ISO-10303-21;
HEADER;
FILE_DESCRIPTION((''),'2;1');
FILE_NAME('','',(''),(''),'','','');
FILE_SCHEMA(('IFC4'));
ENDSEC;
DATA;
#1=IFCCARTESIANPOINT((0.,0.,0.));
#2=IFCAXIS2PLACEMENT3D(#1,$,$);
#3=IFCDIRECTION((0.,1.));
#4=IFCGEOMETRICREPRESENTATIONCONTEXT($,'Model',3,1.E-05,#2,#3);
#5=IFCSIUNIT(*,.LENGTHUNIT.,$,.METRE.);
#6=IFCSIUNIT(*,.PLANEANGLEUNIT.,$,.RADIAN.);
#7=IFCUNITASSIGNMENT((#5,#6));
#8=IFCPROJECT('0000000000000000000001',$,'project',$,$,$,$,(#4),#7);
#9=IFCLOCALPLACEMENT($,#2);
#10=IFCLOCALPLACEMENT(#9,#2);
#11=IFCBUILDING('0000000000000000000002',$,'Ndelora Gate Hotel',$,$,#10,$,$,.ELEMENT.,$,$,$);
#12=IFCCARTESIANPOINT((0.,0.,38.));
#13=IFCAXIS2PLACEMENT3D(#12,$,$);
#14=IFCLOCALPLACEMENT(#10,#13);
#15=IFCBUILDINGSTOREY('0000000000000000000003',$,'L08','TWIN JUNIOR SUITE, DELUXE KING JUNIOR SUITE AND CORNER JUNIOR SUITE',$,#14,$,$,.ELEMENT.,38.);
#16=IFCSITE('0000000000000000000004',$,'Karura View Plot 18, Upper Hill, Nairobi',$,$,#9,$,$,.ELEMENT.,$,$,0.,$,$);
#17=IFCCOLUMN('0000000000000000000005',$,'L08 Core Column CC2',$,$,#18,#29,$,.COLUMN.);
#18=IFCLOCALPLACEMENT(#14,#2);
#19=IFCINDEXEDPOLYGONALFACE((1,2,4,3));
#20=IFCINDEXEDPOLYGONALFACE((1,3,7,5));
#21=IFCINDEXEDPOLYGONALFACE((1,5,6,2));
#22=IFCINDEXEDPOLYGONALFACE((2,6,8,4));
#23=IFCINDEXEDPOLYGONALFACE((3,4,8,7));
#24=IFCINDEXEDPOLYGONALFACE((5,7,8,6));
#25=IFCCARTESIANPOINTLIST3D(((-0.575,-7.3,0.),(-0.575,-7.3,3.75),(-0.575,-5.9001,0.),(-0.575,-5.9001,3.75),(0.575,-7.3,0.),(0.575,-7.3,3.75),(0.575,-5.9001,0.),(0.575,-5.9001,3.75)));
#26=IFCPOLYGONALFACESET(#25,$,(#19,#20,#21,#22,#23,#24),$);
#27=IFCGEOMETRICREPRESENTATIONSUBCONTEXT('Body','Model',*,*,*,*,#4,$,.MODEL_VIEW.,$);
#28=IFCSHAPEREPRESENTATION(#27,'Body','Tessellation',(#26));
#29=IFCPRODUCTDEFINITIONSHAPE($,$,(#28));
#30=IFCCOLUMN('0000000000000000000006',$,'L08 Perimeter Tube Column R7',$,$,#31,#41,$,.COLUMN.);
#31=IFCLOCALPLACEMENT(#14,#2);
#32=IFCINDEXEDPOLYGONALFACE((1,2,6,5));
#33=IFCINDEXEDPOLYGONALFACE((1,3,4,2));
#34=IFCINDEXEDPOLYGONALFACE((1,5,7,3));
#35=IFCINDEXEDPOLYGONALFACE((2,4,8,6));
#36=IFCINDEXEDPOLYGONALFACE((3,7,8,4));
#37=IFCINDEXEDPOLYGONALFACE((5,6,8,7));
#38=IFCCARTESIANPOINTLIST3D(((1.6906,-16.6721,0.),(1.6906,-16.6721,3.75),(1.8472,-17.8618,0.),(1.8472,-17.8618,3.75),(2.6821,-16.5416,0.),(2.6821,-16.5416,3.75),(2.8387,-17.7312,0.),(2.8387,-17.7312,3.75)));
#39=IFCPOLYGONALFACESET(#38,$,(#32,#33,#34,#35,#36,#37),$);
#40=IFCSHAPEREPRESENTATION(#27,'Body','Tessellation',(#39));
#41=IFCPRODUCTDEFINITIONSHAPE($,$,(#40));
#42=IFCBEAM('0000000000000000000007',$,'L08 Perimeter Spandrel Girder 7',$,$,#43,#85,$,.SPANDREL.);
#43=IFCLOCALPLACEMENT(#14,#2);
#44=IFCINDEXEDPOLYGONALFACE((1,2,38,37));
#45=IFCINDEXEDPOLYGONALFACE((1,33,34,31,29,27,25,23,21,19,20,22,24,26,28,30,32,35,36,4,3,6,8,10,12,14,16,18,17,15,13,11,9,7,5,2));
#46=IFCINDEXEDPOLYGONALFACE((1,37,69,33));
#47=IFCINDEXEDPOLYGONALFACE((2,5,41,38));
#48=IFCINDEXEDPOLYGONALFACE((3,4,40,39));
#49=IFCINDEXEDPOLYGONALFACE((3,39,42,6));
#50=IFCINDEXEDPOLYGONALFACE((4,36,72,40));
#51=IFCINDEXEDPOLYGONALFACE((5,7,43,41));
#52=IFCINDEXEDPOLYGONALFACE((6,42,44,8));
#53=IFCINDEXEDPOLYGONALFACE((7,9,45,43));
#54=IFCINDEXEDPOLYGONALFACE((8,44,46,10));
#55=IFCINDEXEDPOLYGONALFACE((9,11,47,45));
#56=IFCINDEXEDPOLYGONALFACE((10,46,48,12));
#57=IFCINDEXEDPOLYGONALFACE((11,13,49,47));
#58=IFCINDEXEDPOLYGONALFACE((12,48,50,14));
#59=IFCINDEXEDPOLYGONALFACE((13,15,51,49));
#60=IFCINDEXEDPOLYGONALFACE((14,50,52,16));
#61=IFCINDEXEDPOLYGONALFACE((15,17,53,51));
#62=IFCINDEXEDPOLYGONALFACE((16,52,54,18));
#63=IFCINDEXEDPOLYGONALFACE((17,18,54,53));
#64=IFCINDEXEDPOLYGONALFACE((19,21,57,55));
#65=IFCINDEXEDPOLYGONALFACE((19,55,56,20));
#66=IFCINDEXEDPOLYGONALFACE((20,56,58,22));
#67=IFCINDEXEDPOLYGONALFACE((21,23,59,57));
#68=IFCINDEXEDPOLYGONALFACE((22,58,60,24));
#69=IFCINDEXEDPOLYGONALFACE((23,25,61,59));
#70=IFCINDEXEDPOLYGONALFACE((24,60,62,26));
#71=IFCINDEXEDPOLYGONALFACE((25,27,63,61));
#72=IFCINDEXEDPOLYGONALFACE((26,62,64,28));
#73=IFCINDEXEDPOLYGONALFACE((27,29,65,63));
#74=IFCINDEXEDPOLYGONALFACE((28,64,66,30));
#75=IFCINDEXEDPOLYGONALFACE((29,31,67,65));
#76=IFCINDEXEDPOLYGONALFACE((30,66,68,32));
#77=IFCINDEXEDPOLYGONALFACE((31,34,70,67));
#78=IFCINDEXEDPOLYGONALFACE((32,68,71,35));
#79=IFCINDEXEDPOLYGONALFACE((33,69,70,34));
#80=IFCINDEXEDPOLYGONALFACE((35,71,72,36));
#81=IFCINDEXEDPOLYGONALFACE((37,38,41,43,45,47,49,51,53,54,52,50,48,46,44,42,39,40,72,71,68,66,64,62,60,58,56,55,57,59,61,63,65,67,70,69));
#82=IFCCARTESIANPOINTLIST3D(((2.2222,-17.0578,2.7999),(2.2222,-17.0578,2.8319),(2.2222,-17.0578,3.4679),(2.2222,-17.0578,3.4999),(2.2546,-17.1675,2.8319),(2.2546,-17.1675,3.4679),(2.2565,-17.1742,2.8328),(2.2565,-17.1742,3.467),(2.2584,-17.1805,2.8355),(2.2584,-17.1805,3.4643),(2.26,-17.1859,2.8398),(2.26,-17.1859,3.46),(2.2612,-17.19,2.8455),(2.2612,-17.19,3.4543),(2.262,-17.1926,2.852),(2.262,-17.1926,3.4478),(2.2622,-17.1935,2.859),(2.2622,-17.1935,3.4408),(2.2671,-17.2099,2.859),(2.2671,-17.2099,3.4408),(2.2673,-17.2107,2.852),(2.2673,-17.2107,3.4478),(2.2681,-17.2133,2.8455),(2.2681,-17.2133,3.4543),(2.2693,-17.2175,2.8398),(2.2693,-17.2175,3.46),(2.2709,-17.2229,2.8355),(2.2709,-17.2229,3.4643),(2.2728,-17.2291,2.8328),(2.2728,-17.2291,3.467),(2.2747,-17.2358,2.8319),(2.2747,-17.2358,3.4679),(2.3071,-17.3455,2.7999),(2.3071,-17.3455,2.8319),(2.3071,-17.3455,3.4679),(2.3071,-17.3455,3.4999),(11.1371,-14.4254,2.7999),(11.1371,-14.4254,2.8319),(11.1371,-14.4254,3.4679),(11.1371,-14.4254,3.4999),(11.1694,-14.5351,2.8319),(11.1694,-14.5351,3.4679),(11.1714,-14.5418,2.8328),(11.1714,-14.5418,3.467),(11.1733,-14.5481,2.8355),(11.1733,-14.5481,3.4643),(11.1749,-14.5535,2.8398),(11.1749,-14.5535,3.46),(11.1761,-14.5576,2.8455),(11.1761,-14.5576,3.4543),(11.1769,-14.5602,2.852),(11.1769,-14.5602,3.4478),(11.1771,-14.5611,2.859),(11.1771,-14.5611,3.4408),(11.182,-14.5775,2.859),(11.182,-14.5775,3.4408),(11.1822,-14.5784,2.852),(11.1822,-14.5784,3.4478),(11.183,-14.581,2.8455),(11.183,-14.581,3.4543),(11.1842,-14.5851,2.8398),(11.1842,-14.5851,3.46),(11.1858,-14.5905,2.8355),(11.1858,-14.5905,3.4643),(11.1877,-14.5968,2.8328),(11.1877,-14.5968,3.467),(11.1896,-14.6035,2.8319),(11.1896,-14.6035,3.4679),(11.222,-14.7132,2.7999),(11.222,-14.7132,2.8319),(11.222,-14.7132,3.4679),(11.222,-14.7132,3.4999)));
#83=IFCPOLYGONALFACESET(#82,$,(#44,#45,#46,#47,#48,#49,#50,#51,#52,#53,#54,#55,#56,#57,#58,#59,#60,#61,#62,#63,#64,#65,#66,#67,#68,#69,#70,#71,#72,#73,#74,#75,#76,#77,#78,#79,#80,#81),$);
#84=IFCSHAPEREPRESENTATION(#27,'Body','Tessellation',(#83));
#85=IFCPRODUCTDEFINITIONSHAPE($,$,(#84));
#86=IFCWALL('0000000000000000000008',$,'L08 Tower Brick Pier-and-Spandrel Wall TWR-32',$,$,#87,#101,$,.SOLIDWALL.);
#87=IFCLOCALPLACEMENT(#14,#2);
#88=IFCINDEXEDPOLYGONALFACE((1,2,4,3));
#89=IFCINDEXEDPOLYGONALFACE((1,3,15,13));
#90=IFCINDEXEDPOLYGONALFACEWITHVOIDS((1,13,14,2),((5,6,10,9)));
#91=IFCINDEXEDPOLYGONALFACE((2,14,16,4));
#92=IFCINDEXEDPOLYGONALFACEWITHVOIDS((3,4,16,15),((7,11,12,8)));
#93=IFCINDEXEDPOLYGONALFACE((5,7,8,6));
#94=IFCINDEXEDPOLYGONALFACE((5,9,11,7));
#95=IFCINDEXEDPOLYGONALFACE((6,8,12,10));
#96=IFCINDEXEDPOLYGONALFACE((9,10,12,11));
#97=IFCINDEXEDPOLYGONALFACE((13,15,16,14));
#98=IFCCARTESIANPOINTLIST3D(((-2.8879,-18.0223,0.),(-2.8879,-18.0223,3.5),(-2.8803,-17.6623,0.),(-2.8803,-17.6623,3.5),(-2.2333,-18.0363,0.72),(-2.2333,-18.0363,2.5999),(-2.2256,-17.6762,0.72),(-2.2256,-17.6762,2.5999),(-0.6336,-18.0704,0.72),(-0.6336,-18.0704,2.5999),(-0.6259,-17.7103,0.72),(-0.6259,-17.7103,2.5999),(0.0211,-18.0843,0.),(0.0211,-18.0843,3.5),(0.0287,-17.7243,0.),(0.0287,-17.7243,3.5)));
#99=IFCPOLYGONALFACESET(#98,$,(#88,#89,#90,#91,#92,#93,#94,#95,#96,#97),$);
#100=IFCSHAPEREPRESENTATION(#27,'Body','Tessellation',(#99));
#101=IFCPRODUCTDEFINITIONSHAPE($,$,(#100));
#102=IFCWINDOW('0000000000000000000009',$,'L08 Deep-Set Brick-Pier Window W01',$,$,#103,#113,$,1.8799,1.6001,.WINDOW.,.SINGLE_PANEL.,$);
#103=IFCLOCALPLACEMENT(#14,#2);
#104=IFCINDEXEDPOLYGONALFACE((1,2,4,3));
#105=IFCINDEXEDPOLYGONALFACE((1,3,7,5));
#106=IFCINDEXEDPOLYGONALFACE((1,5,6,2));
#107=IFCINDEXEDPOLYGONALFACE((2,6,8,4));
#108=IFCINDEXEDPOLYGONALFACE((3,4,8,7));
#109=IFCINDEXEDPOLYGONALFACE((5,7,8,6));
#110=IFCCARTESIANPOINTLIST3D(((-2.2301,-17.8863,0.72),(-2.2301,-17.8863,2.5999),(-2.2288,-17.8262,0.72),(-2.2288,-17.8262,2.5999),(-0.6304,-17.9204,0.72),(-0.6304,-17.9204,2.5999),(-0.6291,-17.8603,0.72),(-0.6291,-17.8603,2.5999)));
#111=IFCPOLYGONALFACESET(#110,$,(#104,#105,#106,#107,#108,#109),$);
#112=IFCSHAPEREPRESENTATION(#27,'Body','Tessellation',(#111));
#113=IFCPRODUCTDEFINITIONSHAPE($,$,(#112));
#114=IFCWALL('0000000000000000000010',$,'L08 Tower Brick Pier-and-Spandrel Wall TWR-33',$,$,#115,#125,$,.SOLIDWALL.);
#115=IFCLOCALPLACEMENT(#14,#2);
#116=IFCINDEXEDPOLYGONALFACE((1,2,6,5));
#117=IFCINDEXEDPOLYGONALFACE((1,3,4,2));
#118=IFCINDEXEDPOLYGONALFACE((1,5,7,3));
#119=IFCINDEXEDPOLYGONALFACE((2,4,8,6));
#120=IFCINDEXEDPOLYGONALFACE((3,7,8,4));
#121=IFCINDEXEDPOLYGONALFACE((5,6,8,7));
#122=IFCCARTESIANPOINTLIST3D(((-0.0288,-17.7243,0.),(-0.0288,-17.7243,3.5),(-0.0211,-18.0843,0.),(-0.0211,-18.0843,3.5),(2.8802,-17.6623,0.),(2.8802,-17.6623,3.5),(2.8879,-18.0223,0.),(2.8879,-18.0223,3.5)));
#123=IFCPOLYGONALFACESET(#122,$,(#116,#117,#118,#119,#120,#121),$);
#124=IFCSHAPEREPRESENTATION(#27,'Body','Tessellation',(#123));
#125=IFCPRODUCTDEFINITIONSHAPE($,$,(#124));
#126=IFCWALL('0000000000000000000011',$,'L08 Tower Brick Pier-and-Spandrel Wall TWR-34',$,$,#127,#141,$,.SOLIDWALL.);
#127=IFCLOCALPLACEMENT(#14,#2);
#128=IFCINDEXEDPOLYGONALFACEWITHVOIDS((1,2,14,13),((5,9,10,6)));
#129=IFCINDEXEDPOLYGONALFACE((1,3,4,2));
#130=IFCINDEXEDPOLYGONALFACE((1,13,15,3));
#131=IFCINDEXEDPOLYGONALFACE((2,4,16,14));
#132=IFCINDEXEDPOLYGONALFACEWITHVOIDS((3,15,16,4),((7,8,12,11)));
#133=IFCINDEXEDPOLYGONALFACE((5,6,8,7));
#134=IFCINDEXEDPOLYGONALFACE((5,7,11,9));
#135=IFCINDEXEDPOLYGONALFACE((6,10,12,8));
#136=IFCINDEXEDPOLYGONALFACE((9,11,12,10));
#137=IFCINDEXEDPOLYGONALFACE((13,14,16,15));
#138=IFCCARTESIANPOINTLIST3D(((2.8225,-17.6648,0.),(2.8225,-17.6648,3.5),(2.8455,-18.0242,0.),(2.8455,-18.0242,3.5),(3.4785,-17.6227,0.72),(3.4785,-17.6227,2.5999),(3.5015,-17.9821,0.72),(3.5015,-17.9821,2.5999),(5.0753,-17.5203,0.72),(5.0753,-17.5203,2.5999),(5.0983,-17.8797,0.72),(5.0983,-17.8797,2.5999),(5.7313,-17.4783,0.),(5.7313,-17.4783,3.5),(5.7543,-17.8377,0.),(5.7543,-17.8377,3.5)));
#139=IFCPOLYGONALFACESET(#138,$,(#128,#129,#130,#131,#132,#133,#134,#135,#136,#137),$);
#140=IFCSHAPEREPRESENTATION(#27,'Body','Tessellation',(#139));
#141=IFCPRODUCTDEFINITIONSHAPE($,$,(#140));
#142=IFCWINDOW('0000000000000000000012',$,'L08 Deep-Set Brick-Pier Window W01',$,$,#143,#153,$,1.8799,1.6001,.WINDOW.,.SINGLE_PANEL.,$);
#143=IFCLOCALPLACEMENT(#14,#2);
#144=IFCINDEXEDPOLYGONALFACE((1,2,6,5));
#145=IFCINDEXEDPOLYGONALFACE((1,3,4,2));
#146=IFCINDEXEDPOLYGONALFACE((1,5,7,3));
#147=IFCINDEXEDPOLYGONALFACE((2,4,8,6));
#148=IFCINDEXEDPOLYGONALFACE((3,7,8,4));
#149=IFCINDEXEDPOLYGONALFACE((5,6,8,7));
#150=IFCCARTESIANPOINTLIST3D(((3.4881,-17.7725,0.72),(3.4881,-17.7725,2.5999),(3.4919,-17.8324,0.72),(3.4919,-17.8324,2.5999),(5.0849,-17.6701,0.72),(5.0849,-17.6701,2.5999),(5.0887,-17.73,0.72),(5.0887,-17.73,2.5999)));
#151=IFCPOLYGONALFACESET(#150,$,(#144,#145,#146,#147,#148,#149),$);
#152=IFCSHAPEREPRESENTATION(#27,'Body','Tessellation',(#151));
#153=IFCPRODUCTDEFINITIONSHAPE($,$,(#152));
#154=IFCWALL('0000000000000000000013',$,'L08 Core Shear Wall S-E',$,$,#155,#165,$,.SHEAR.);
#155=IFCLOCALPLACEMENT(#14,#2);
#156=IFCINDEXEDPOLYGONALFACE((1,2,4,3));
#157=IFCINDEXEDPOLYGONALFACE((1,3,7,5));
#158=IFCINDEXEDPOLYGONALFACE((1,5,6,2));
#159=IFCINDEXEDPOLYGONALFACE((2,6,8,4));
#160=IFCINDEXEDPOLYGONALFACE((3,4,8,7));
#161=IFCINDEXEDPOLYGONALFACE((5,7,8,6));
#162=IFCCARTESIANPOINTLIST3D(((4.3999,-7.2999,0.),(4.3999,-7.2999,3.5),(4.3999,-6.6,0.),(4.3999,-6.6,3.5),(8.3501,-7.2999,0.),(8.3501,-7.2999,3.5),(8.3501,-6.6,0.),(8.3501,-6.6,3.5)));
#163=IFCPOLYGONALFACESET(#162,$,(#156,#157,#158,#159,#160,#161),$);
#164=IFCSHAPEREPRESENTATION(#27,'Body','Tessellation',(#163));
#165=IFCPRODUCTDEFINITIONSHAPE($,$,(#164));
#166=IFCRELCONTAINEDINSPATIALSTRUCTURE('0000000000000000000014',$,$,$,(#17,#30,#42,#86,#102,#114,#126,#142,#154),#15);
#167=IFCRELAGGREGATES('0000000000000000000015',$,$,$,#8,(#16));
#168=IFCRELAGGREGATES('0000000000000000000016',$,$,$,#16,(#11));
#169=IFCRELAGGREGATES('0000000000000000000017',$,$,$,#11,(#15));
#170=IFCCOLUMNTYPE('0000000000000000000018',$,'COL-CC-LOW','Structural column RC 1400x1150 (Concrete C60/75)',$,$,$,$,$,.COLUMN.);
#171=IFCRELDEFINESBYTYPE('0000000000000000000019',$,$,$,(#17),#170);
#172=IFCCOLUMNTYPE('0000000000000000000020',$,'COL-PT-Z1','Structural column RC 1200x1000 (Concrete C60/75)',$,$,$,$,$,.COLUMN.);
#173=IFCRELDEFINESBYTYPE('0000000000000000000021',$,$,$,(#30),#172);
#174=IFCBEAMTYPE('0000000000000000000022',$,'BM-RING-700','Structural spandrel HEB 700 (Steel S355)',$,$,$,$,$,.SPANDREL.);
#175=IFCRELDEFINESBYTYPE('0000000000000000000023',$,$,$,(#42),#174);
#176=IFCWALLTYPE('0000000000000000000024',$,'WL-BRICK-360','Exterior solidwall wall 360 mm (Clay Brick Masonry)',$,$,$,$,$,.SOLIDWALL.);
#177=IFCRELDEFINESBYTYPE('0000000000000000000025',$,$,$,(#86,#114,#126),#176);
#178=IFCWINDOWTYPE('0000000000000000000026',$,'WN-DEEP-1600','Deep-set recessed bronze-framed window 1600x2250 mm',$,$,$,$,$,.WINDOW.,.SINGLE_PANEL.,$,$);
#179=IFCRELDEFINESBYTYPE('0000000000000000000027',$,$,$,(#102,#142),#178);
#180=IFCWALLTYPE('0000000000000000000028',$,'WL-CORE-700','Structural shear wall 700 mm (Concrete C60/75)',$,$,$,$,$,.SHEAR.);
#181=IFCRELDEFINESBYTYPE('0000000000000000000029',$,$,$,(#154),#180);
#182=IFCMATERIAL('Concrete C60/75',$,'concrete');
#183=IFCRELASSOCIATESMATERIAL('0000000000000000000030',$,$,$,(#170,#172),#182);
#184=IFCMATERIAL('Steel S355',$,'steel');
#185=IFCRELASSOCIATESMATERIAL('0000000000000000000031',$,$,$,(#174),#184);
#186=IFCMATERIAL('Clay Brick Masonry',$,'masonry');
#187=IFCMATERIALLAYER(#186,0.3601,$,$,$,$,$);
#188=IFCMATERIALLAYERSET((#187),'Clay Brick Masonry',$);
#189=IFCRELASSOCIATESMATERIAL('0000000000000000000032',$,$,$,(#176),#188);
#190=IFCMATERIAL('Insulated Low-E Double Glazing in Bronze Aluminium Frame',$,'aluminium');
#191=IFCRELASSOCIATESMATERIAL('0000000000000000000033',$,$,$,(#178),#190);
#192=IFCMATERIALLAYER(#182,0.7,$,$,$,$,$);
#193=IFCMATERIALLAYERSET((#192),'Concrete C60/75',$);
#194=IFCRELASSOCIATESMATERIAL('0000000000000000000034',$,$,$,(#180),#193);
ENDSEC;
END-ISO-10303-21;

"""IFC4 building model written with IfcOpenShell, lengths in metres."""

from ifc_helpers import new_model, si_unit, direction, frame, frame_2d, origin, origin_2d, place, context, subcontext, project, spatial, rectangle, i_section, extrude, material, layer, layer_set, material_profile, profile_set, type_object, element, fill, save


model = new_model("IFC4")

# Units and contexts
model_context = context("Model", 3, precision=1e-05, world=origin(), true_north=direction((0.0, 1.0)))
body_context = subcontext(model_context, "Body", "Model", "MODEL_VIEW")
ifc_project = project(units=[si_unit("LENGTHUNIT", "METRE"), si_unit("PLANEANGLEUNIT", "RADIAN")], contexts=[model_context])

# Site, building, storey
site_placement = place(None, origin())
site = spatial("IfcSite", under=ifc_project, at=site_placement, Name="Karura View Plot 18, Upper Hill, Nairobi", CompositionType="ELEMENT", RefElevation=0.0)
building_placement = place(site_placement, origin())
building = spatial("IfcBuilding", under=site, at=building_placement, Name="Ndelora Gate Hotel", CompositionType="ELEMENT")
storey_placement = place(building_placement, frame((0.0, 0.0, 38.0)))
storey = spatial("IfcBuildingStorey", under=building, at=storey_placement, Name="L08", Description="TWIN JUNIOR SUITE, DELUXE KING JUNIOR SUITE AND CORNER JUNIOR SUITE", CompositionType="ELEMENT", Elevation=38.0)

# Columns
ifc_material_1 = material(Name="Concrete C60/75", Category="concrete")
ifc_material_profile_1 = material_profile(ifc_material_1, rectangle(XDim=1.1499, YDim=1.3999, at=origin_2d()), Name="RC 1400x1150")
ifc_profile_set_1 = profile_set([ifc_material_profile_1], Name="Concrete C60/75")
column_type_1 = type_object("IfcColumnType", Name="COL-CC-LOW", Description="Structural column RC 1400x1150 (Concrete C60/75)", PredefinedType="COLUMN", material=ifc_profile_set_1)
column_1_placement = place(storey_placement, frame((0.0, -6.6001, 0.0), z_axis=(0.0, 0.0, 1.0), x_axis=(1.0, 0.0, 0.0)))
element("IfcColumn", 1, at=column_1_placement, inside=storey, type_object=column_type_1, Name="L08 Core Column CC2", PredefinedType="COLUMN", context=body_context, shape_type="SweptSolid", body=[
    extrude(rectangle(XDim=1.1499, YDim=1.3999, at=origin_2d()), origin(), (0.0, 0.0, 1.0), 3.75),
])
ifc_material_profile_2 = material_profile(ifc_material_1, rectangle(XDim=1.0, YDim=1.2, at=origin_2d()), Name="RC 1200x1000")
ifc_profile_set_2 = profile_set([ifc_material_profile_2], Name="Concrete C60/75")
column_type_2 = type_object("IfcColumnType", Name="COL-PT-Z1", Description="Structural column RC 1200x1000 (Concrete C60/75)", PredefinedType="COLUMN", material=ifc_profile_set_2)
column_2_placement = place(storey_placement, frame((2.2646, -17.2017, 0.0), z_axis=(0.0, 0.0, 1.0), x_axis=(0.991445, 0.130526, 0.0)))
element("IfcColumn", 2, at=column_2_placement, inside=storey, type_object=column_type_2, Name="L08 Perimeter Tube Column R7", PredefinedType="COLUMN", context=body_context, shape_type="SweptSolid", body=[
    extrude(rectangle(XDim=1.0, YDim=1.2, at=origin_2d()), origin(), (0.0, 0.0, 1.0), 3.75),
])

# Beam
ifc_material_2 = material(Name="Steel S355", Category="steel")
ifc_material_profile_3 = material_profile(ifc_material_2, i_section(OverallWidth=0.3, OverallDepth=0.7, WebThickness=0.0171, FlangeThickness=0.032, FilletRadius=0.0271, at=origin_2d()), Name="HEB 700")
ifc_profile_set_3 = profile_set([ifc_material_profile_3], Name="Steel S355")
beam_type = type_object("IfcBeamType", Name="BM-RING-700", Description="Structural spandrel HEB 700 (Steel S355)", PredefinedType="SPANDREL", material=ifc_profile_set_3)
beam_placement = place(storey_placement, frame((2.2646, -17.2017, 3.1499), z_axis=(0.959064, 0.283189, 0.0), x_axis=(-0.283189, 0.959064, 0.0)))
element("IfcBeam", 3, at=beam_placement, inside=storey, type_object=beam_type, Name="L08 Perimeter Spandrel Girder 7", PredefinedType="SPANDREL", context=body_context, shape_type="SweptSolid", body=[
    extrude(i_section(OverallWidth=0.3, OverallDepth=0.7, WebThickness=0.0171, FlangeThickness=0.032, FilletRadius=0.0271, at=origin_2d()), origin(), (0.0, 0.0, 1.0), 9.2954),
])

# Wall, opening, window
ifc_material_3 = material(Name="Clay Brick Masonry", Category="masonry")
ifc_layer_1 = layer(ifc_material_3, 0.3601)
ifc_layer_set_1 = layer_set([ifc_layer_1], Name="Clay Brick Masonry")
wall_type_1 = type_object("IfcWallType", Name="WL-BRICK-360", Description="Exterior solidwall wall 360 mm (Clay Brick Masonry)", PredefinedType="SOLIDWALL", material=ifc_layer_set_1)
wall_1_placement = place(storey_placement, frame((0.0249, -17.9043, 0.0), z_axis=(0.0, 0.0, 1.0), x_axis=(-0.999773, 0.021313, 0.0)))
wall_1 = element("IfcWall", 4, at=wall_1_placement, inside=storey, type_object=wall_type_1, Name="L08 Tower Brick Pier-and-Spandrel Wall TWR-32", PredefinedType="SOLIDWALL", context=body_context, shape_type="SweptSolid", body=[
    extrude(rectangle(XDim=2.9097, YDim=0.3601, at=frame_2d((1.4548, 0.0))), origin(), (0.0, 0.0, 1.0), 3.5),
])
opening_1_placement = place(wall_1_placement, frame((0.6548, 0.0, 0.72)))
opening_1 = element("IfcOpeningElement", 5, at=opening_1_placement, cuts=wall_1, PredefinedType="OPENING", context=body_context, shape_type="SweptSolid", body=[
    extrude(rectangle(XDim=1.6001, YDim=1.8799, at=frame_2d((0.8, 0.9399))), frame((0.0, 0.1899, 0.0), z_axis=(0.0, -1.0, 0.0), x_axis=(1.0, 0.0, 0.0)), (0.0, 0.0, 1.0), 0.3801),
])
ifc_material_4 = material(Name="Insulated Low-E Double Glazing in Bronze Aluminium Frame", Category="aluminium")
window_type = type_object("IfcWindowType", Name="WN-DEEP-1600", Description="Deep-set recessed bronze-framed window 1600x2250 mm", PartitioningType="SINGLE_PANEL", PredefinedType="WINDOW", material=ifc_material_4)
window_1_placement = place(opening_1_placement, origin())
window_1 = element("IfcWindow", 6, at=window_1_placement, inside=storey, type_object=window_type, Name="L08 Deep-Set Brick-Pier Window W01", OverallHeight=1.8799, OverallWidth=1.6001, PartitioningType="SINGLE_PANEL", PredefinedType="WINDOW", context=body_context, shape_type="SweptSolid", body=[
    extrude(rectangle(XDim=1.6001, YDim=1.8799, at=frame_2d((0.8, 0.9399))), frame((0.0, 0.03, 0.0), z_axis=(0.0, -1.0, 0.0), x_axis=(1.0, 0.0, 0.0)), (0.0, 0.0, 1.0), 0.0601),
])
fill(opening_1, window_1)

# Wall
wall_2_placement = place(storey_placement, frame((2.884, -17.8423, 0.0), z_axis=(0.0, 0.0, 1.0), x_axis=(-0.999773, -0.021313, 0.0)))
element("IfcWall", 7, at=wall_2_placement, inside=storey, type_object=wall_type_1, Name="L08 Tower Brick Pier-and-Spandrel Wall TWR-33", PredefinedType="SOLIDWALL", context=body_context, shape_type="SweptSolid", body=[
    extrude(rectangle(XDim=2.9097, YDim=0.3601, at=frame_2d((1.4548, 0.0))), origin(), (0.0, 0.0, 1.0), 3.5),
])

# Wall, opening, window
wall_3_placement = place(storey_placement, frame((5.7429, -17.658, 0.0), z_axis=(0.0, 0.0, 1.0), x_axis=(-0.997951, -0.063989, 0.0)))
wall_3 = element("IfcWall", 8, at=wall_3_placement, inside=storey, type_object=wall_type_1, Name="L08 Tower Brick Pier-and-Spandrel Wall TWR-34", PredefinedType="SOLIDWALL", context=body_context, shape_type="SweptSolid", body=[
    extrude(rectangle(XDim=2.9148, YDim=0.3601, at=frame_2d((1.4575, 0.0))), origin(), (0.0, 0.0, 1.0), 3.5),
])
opening_2_placement = place(wall_3_placement, frame((0.6575, 0.0, 0.72)))
opening_2 = element("IfcOpeningElement", 9, at=opening_2_placement, cuts=wall_3, PredefinedType="OPENING", context=body_context, shape_type="SweptSolid", body=[
    extrude(rectangle(XDim=1.6001, YDim=1.8799, at=frame_2d((0.8, 0.9399))), frame((0.0, 0.1899, 0.0), z_axis=(0.0, -1.0, 0.0), x_axis=(1.0, 0.0, 0.0)), (0.0, 0.0, 1.0), 0.3801),
])
window_2_placement = place(opening_2_placement, origin())
window_2 = element("IfcWindow", 10, at=window_2_placement, inside=storey, type_object=window_type, Name="L08 Deep-Set Brick-Pier Window W01", OverallHeight=1.8799, OverallWidth=1.6001, PartitioningType="SINGLE_PANEL", PredefinedType="WINDOW", context=body_context, shape_type="SweptSolid", body=[
    extrude(rectangle(XDim=1.6001, YDim=1.8799, at=frame_2d((0.8, 0.9399))), frame((0.0, 0.03, 0.0), z_axis=(0.0, -1.0, 0.0), x_axis=(1.0, 0.0, 0.0)), (0.0, 0.0, 1.0), 0.0601),
])
fill(opening_2, window_2)

# Wall
ifc_layer_2 = layer(ifc_material_1, 0.7)
ifc_layer_set_2 = layer_set([ifc_layer_2], Name="Concrete C60/75")
wall_type_2 = type_object("IfcWallType", Name="WL-CORE-700", Description="Structural shear wall 700 mm (Concrete C60/75)", PredefinedType="SHEAR", material=ifc_layer_set_2)
wall_4_placement = place(storey_placement, frame((4.3999, -6.95, 0.0), z_axis=(0.0, 0.0, 1.0), x_axis=(1.0, 0.0, 0.0)))
element("IfcWall", 11, at=wall_4_placement, inside=storey, type_object=wall_type_2, Name="L08 Core Shear Wall S-E", PredefinedType="SHEAR", context=body_context, shape_type="SweptSolid", body=[
    extrude(rectangle(XDim=3.9502, YDim=0.7, at=frame_2d((1.9751, 0.0))), origin(), (0.0, 0.0, 1.0), 3.5),
])

save(model, "model.ifc")
